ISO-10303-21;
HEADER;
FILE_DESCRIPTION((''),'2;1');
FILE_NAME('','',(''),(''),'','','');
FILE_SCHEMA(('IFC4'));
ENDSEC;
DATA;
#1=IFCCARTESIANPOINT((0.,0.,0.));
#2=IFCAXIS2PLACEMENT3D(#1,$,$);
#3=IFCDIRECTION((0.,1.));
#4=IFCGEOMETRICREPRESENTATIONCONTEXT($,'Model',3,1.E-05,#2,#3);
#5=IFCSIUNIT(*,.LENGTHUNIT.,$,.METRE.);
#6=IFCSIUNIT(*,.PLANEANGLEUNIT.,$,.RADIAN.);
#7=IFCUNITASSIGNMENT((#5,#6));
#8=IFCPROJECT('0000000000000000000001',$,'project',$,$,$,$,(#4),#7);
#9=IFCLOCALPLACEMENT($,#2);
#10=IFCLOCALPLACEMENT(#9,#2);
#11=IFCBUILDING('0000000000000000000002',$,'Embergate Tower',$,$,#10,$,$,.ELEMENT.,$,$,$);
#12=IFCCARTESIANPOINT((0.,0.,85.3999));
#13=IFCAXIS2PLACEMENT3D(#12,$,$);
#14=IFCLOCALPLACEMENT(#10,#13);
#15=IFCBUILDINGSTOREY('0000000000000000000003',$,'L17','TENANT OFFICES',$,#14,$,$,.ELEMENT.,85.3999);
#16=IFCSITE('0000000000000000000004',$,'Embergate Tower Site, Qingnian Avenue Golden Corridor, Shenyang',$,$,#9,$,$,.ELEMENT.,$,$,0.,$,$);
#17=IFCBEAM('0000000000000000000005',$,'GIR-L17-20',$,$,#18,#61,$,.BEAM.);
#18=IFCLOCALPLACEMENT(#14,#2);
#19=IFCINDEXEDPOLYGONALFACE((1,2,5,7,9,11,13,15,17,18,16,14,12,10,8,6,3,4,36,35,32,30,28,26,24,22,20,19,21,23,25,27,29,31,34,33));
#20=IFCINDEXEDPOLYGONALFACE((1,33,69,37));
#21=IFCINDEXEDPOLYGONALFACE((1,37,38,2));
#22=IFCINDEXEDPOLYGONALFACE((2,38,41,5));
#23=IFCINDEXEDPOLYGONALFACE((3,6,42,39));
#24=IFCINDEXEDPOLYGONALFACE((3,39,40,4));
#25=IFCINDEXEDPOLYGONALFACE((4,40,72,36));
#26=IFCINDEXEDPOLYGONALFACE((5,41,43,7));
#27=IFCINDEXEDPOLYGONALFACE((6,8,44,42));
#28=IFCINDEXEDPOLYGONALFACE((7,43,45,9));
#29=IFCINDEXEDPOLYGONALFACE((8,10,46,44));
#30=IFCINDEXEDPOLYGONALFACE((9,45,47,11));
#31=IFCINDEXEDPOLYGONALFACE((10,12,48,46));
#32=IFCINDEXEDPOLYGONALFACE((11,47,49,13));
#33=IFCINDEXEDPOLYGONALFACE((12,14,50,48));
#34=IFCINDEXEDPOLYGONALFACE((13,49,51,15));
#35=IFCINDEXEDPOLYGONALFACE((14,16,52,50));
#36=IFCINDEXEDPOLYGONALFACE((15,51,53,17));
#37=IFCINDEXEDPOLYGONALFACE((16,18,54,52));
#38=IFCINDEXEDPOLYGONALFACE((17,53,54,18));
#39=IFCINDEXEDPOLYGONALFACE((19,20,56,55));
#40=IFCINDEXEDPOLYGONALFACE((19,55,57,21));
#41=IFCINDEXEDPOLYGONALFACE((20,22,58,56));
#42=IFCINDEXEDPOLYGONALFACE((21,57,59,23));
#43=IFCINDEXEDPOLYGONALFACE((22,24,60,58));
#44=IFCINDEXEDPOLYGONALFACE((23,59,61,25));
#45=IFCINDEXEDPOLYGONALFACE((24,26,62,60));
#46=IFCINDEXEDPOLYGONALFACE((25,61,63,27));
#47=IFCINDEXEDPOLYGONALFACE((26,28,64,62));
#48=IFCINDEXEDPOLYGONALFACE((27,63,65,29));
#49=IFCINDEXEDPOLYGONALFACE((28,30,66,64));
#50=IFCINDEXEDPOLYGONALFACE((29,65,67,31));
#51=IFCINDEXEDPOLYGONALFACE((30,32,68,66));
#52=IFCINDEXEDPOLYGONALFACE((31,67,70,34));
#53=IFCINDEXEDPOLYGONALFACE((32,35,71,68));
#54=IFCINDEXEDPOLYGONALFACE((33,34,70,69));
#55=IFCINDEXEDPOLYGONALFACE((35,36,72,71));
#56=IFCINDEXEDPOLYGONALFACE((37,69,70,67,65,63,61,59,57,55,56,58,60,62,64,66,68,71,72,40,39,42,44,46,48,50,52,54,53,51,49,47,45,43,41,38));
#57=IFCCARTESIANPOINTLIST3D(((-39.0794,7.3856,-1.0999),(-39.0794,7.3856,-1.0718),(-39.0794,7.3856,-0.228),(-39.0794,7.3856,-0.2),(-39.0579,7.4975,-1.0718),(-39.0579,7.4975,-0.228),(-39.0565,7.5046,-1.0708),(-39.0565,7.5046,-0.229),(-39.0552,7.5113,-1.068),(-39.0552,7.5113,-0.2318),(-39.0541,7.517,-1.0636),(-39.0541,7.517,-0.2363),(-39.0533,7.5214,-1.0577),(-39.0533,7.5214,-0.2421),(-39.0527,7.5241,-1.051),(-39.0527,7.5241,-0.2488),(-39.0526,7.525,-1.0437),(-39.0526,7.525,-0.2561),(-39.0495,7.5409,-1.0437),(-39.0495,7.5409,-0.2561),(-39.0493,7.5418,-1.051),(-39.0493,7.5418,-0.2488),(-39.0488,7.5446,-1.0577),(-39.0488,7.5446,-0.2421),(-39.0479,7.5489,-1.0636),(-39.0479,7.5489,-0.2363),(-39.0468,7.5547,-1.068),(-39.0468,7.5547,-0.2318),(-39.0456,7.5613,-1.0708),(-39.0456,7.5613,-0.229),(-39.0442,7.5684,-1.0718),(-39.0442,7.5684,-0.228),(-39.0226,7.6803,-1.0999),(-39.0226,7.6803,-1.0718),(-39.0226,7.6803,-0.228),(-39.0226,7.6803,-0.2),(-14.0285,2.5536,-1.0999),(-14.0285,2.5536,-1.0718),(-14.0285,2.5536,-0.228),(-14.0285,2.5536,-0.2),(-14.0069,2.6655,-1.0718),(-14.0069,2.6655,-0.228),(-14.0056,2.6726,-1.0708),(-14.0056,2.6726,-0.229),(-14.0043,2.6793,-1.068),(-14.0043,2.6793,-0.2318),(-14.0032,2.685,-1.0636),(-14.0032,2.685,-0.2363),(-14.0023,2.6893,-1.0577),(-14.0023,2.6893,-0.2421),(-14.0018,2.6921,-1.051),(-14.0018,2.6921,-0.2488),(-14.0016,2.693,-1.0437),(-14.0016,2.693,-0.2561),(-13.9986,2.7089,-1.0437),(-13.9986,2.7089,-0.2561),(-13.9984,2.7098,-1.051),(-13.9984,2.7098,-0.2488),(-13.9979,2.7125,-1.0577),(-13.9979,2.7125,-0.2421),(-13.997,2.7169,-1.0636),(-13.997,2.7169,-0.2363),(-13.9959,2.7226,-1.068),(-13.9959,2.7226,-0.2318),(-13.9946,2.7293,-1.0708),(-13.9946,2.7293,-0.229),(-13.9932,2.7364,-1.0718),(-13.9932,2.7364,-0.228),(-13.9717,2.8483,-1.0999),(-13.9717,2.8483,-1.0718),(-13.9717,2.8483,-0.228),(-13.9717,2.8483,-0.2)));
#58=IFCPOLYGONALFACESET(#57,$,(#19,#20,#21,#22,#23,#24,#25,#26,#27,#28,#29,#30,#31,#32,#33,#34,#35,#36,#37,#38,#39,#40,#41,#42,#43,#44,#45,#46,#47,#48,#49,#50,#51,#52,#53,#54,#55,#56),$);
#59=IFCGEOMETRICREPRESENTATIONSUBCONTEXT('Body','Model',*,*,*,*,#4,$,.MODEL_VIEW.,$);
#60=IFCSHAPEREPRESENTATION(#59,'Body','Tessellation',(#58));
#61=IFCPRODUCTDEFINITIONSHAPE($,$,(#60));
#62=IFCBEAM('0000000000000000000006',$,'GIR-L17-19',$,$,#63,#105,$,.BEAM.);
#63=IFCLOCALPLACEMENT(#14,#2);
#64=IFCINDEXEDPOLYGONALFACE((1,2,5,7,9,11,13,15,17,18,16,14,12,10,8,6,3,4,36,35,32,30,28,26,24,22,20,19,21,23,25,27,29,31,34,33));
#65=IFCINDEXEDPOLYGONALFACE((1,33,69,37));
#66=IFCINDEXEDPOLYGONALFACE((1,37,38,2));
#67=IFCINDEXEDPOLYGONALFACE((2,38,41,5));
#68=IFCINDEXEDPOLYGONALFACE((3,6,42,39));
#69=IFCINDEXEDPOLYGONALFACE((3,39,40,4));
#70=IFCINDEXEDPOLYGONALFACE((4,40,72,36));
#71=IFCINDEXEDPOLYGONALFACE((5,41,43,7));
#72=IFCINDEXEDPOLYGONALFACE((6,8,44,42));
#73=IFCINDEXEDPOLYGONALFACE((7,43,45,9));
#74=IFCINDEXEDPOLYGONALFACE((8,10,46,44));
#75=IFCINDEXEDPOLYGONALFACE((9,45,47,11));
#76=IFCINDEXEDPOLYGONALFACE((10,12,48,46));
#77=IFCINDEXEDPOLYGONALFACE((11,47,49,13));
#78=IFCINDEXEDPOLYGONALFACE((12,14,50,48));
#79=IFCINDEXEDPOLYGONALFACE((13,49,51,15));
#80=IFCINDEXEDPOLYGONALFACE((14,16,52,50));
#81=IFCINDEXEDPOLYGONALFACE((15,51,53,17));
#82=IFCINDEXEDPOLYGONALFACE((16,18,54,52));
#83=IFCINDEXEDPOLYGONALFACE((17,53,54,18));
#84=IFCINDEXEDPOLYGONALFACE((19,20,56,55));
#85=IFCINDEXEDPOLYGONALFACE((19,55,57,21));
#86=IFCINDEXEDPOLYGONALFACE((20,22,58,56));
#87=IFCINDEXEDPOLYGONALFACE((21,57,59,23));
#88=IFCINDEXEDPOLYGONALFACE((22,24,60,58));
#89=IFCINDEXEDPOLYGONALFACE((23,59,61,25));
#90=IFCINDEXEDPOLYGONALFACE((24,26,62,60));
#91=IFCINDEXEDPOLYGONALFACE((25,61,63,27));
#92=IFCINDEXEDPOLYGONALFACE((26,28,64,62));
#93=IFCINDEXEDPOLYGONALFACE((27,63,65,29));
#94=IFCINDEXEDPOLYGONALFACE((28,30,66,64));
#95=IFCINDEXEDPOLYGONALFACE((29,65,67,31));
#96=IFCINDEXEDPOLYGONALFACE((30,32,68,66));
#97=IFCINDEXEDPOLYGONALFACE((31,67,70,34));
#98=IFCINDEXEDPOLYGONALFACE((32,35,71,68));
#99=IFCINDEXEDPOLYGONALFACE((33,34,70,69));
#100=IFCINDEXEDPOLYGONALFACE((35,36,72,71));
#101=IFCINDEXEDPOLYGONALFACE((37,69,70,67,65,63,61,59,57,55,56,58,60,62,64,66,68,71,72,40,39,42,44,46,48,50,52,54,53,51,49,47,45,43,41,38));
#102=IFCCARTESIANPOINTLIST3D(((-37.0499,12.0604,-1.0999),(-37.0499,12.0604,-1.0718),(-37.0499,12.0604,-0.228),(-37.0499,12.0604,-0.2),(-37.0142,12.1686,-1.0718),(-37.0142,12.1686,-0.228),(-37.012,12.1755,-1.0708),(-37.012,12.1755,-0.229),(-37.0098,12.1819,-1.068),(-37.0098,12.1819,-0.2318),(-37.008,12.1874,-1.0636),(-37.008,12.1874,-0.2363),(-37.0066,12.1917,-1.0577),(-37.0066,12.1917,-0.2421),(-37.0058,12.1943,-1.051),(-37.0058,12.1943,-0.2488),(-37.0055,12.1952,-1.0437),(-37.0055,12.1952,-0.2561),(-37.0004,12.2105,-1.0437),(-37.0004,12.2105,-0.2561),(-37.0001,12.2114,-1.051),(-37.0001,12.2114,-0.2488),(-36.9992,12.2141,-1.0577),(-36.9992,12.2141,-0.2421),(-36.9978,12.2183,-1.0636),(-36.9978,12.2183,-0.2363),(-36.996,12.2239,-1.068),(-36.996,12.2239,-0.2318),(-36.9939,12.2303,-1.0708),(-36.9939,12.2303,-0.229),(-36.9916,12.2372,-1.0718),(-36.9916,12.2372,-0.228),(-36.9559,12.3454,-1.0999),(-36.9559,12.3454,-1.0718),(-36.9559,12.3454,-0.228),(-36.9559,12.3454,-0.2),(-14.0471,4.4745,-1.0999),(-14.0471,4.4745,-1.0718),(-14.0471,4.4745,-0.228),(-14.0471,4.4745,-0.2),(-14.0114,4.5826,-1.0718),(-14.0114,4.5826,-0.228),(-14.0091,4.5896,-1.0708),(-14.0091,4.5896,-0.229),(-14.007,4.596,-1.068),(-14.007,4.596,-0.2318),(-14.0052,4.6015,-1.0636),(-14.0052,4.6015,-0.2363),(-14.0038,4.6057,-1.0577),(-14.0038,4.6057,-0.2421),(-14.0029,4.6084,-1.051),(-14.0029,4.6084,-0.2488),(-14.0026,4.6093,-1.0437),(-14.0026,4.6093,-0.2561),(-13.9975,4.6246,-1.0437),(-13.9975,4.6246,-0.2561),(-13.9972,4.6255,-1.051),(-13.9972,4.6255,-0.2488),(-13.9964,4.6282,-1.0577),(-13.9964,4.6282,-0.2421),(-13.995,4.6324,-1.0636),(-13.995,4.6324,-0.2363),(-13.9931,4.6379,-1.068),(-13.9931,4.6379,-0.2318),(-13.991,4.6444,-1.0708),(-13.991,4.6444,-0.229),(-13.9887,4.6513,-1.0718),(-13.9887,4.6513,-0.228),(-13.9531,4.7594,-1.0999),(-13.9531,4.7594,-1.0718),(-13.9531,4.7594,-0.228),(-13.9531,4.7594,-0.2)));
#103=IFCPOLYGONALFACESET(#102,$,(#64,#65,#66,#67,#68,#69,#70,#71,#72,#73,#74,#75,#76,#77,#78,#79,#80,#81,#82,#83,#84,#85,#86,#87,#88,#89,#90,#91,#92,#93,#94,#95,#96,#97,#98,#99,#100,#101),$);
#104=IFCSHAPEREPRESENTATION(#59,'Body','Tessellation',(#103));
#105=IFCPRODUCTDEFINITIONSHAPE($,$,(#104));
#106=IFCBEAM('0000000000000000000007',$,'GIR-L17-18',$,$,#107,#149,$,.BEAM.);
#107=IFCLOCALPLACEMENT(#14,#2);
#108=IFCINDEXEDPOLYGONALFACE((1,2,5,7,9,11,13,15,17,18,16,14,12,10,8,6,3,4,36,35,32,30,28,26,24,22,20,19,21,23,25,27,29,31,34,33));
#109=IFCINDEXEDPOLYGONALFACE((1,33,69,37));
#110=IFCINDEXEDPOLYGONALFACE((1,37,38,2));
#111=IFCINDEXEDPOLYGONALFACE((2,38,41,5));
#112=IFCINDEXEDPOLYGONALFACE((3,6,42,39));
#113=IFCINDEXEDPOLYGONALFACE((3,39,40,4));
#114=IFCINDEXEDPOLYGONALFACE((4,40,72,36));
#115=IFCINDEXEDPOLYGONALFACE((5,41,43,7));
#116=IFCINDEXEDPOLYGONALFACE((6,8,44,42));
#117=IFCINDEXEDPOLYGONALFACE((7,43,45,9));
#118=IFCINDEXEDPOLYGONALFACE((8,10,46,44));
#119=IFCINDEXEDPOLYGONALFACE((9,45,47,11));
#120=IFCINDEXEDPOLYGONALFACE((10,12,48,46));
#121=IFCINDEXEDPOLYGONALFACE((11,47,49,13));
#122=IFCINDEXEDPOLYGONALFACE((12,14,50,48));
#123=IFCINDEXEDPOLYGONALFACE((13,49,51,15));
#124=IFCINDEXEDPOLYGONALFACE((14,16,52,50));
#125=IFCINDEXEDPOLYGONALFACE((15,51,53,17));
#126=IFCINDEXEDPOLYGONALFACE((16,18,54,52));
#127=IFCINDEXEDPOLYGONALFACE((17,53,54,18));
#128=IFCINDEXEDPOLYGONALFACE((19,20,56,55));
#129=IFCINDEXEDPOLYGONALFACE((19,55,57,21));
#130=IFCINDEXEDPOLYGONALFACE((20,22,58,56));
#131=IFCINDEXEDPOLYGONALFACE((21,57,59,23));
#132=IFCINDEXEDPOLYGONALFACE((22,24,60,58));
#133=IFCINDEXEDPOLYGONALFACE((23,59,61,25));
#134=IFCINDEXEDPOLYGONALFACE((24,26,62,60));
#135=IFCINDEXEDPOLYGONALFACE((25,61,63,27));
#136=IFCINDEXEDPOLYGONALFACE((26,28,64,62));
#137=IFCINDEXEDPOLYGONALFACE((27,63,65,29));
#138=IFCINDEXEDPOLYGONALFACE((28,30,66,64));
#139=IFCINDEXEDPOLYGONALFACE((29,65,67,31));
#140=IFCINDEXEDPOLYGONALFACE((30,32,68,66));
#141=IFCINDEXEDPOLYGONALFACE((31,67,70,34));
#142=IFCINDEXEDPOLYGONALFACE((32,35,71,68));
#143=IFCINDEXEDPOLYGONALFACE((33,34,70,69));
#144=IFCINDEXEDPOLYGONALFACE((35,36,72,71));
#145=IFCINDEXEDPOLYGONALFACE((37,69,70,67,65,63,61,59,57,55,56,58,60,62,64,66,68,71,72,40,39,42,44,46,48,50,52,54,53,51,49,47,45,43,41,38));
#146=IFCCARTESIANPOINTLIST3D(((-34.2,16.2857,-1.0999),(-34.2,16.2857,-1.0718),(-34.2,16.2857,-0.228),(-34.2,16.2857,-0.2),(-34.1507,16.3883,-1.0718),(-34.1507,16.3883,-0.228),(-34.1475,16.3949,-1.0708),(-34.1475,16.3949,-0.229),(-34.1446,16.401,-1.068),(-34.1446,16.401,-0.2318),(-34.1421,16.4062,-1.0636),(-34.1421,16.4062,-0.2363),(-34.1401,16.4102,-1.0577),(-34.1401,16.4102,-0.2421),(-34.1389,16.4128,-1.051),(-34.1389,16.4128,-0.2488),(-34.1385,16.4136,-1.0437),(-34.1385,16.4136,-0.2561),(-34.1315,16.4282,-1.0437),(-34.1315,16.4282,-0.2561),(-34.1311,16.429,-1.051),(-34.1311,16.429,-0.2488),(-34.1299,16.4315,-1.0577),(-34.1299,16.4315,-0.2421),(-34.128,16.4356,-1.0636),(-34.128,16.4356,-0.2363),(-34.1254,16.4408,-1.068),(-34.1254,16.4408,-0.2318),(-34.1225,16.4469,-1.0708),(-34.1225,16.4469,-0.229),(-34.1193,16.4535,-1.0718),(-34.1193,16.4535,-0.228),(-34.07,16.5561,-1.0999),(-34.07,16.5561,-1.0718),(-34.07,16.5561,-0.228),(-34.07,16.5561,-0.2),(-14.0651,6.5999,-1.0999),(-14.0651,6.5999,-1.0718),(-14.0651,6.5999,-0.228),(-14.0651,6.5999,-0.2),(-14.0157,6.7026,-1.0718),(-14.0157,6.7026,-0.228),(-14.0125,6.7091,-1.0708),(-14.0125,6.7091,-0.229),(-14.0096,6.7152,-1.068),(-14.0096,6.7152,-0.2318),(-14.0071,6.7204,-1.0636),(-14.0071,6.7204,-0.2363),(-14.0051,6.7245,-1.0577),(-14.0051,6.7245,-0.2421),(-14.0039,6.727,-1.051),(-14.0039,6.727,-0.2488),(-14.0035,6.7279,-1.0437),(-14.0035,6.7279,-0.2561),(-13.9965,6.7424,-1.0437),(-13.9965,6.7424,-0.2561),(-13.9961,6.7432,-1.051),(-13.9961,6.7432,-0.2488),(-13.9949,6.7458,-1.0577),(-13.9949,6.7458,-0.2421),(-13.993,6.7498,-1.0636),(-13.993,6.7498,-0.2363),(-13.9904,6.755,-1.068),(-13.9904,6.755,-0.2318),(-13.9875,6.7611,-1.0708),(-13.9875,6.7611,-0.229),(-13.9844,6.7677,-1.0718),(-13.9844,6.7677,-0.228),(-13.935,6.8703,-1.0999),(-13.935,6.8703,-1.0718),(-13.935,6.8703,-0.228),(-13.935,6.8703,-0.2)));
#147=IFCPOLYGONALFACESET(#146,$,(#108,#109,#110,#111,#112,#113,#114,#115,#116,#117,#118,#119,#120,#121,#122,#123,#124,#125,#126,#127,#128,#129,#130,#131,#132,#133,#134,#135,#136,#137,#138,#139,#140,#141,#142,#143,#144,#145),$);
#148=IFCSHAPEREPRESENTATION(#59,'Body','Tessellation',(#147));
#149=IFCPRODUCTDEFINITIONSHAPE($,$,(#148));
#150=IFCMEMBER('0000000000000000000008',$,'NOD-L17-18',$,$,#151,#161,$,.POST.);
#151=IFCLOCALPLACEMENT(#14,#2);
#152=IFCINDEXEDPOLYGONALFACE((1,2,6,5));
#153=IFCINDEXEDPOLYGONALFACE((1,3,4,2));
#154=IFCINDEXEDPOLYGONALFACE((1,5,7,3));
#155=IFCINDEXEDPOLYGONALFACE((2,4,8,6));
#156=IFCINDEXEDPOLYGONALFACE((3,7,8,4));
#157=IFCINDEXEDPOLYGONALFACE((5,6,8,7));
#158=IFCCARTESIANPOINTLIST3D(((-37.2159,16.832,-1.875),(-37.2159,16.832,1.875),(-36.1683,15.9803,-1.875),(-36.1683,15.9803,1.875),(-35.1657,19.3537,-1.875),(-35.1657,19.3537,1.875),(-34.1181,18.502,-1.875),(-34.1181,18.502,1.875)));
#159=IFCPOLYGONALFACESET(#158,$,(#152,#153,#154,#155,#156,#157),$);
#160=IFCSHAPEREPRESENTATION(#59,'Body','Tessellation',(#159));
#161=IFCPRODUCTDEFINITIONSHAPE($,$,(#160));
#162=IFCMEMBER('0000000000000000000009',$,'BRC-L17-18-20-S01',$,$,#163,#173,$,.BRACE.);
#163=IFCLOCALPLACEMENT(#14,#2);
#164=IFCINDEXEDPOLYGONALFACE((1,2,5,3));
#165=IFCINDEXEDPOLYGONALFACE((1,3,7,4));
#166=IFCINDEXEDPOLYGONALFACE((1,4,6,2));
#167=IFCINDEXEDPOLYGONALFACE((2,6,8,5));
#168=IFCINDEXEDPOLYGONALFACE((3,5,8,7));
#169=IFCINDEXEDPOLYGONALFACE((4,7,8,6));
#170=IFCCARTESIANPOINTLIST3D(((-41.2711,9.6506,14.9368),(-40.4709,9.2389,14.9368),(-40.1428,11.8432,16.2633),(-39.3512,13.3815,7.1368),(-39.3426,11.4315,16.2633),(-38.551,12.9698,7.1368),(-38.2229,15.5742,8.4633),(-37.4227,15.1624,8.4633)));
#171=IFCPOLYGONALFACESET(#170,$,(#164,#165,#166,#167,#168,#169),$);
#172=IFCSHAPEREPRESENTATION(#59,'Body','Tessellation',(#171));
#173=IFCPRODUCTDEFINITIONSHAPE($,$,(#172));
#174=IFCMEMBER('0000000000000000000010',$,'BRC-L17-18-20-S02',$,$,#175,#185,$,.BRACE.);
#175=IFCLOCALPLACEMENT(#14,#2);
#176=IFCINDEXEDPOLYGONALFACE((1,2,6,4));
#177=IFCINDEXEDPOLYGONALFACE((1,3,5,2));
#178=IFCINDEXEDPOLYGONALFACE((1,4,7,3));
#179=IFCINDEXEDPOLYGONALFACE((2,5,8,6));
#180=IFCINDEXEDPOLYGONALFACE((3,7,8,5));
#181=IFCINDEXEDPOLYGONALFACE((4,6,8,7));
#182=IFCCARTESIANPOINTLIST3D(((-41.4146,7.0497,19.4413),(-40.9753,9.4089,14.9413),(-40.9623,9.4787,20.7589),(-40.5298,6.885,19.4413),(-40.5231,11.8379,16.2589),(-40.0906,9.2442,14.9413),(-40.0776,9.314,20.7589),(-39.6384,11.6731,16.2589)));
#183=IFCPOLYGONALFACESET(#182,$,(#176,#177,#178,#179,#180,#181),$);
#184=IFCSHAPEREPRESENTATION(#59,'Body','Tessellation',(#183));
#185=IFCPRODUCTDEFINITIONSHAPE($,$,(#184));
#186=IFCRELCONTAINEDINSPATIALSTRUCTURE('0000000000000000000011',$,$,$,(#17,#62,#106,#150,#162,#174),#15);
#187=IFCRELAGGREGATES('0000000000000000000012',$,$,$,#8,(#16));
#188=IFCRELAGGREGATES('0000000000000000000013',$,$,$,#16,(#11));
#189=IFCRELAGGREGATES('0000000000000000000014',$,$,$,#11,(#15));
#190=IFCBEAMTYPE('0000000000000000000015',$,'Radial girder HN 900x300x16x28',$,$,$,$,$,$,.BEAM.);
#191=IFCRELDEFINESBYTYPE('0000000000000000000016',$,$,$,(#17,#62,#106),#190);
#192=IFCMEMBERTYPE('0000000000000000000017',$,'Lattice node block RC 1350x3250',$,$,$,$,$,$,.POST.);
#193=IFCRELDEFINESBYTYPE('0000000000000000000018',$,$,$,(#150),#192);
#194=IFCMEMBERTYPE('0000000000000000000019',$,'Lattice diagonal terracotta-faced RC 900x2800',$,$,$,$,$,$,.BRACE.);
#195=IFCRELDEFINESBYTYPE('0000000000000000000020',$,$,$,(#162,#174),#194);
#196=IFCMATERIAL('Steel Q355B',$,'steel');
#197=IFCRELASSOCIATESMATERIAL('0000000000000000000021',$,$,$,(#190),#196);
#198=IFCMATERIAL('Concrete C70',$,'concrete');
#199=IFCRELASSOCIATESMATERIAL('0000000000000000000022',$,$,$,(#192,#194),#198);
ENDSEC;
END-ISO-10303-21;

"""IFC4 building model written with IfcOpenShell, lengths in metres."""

from ifc_helpers import new_model, si_unit, direction, frame, origin, origin_2d, place, context, subcontext, project, spatial, rectangle, i_section, extrude, source, transform, mapped, material, material_profile, profile_set, type_object, element, save


model = new_model("IFC4")

# Units and contexts
model_context = context("Model", 3, precision=1e-05, world=origin(), true_north=direction((0.0, 1.0)))
body_context = subcontext(model_context, "Body", "Model", "MODEL_VIEW")
ifc_project = project(units=[si_unit("LENGTHUNIT", "METRE"), si_unit("PLANEANGLEUNIT", "RADIAN")], contexts=[model_context])

# Site, building, storey
site_placement = place(None, origin())
site = spatial("IfcSite", under=ifc_project, at=site_placement, Name="Embergate Tower Site, Qingnian Avenue Golden Corridor, Shenyang", CompositionType="ELEMENT", RefElevation=0.0)
building_placement = place(site_placement, origin())
building = spatial("IfcBuilding", under=site, at=building_placement, Name="Embergate Tower", CompositionType="ELEMENT")
storey_placement = place(building_placement, frame((0.0, 0.0, 85.3999)))
storey = spatial("IfcBuildingStorey", under=building, at=storey_placement, Name="L17", Description="TENANT OFFICES", CompositionType="ELEMENT", Elevation=85.3999)

# Shared definitions
ifc_material_1 = material(Name="Concrete C70", Category="concrete")

# Beams
ifc_material_2 = material(Name="Steel Q355B", Category="steel")
ifc_material_profile_1 = material_profile(ifc_material_2, i_section(OverallWidth=0.3, OverallDepth=0.8999, WebThickness=0.0161, FlangeThickness=0.0281, FilletRadius=0.0281, at=origin_2d()), Name="HN 900x300x16x28")
ifc_profile_set_1 = profile_set([ifc_material_profile_1], Name="Steel Q355 grade B")
beam_type_1 = type_object("IfcBeamType", Name="Radial girder HN 900x300x16x28", PredefinedType="BEAM", material=ifc_profile_set_1)
shared_shape_1 = source(origin(), body_context, "Body", "SweptSolid", [
    extrude(i_section(OverallWidth=0.3, OverallDepth=0.8999, WebThickness=0.0161, FlangeThickness=0.0281, FilletRadius=0.0281, at=origin_2d()), origin(), (0.0, 0.0, 1.0), 25.5127),
])
beam_1_placement = place(storey_placement, frame((-39.051, 7.533, -0.6499), z_axis=(0.981901, -0.189396, 0.0), x_axis=(0.189396, 0.981901, 0.0)))
element("IfcBeam", 1, at=beam_1_placement, inside=storey, type_object=beam_type_1, Name="GIR-L17-20", PredefinedType="BEAM", context=body_context, shape_type="MappedRepresentation", body=[
    mapped(shared_shape_1, transform((0.0, 0.0, 0.0))),
])
shared_shape_2 = source(origin(), body_context, "Body", "SweptSolid", [
    extrude(i_section(OverallWidth=0.3, OverallDepth=0.8999, WebThickness=0.0161, FlangeThickness=0.0281, FilletRadius=0.0281, at=origin_2d()), origin(), (0.0, 0.0, 1.0), 24.2214),
])
beam_2_placement = place(storey_placement, frame((-37.0029, 12.2029, -0.6499), z_axis=(0.94969, -0.31319, 0.0), x_axis=(0.31319, 0.94969, 0.0)))
element("IfcBeam", 2, at=beam_2_placement, inside=storey, type_object=beam_type_1, Name="GIR-L17-19", PredefinedType="BEAM", context=body_context, shape_type="MappedRepresentation", body=[
    mapped(shared_shape_2, transform((0.0, 0.0, 0.0))),
])
shared_shape_3 = source(origin(), body_context, "Body", "SweptSolid", [
    extrude(i_section(OverallWidth=0.3, OverallDepth=0.8999, WebThickness=0.0161, FlangeThickness=0.0281, FilletRadius=0.0281, at=origin_2d()), origin(), (0.0, 0.0, 1.0), 22.3435),
])
beam_3_placement = place(storey_placement, frame((-34.135, 16.4209, -0.6499), z_axis=(0.901156, -0.433494, 0.0), x_axis=(0.433494, 0.901156, 0.0)))
element("IfcBeam", 3, at=beam_3_placement, inside=storey, type_object=beam_type_1, Name="GIR-L17-18", PredefinedType="BEAM", context=body_context, shape_type="MappedRepresentation", body=[
    mapped(shared_shape_3, transform((0.0, 0.0, 0.0))),
])

# Members
ifc_material_profile_2 = material_profile(ifc_material_1, rectangle(XDim=1.3501, YDim=3.25, at=origin_2d()), Name="RC 1350x3250")
ifc_profile_set_2 = profile_set([ifc_material_profile_2], Name="Concrete C70")
member_type_1 = type_object("IfcMemberType", Name="Lattice node block RC 1350x3250", PredefinedType="POST", material=ifc_profile_set_2)
shared_shape_4 = source(origin(), body_context, "Body", "SweptSolid", [
    extrude(rectangle(XDim=1.3501, YDim=3.25, at=origin_2d()), origin(), (0.0, 0.0, 1.0), 3.75),
])
member_1_placement = place(storey_placement, frame((-35.667, 17.667, -1.875), z_axis=(0.0, 0.0, 1.0), x_axis=(-0.775914, 0.630838, 0.0)))
element("IfcMember", 4, at=member_1_placement, inside=storey, type_object=member_type_1, Name="NOD-L17-18", PredefinedType="POST", context=body_context, shape_type="MappedRepresentation", body=[
    mapped(shared_shape_4, transform((0.0, 0.0, 0.0))),
])
ifc_material_profile_3 = material_profile(ifc_material_1, rectangle(XDim=0.8999, YDim=2.8, at=origin_2d()), Name="RC 900x2800")
ifc_profile_set_3 = profile_set([ifc_material_profile_3], Name="Concrete C70")
member_type_2 = type_object("IfcMemberType", Name="Lattice diagonal terracotta-faced RC 900x2800", PredefinedType="BRACE", material=ifc_profile_set_3)
shared_shape_5 = source(origin(), body_context, "Body", "SweptSolid", [
    extrude(rectangle(XDim=0.8999, YDim=2.8, at=origin_2d()), origin(), (0.0, 0.0, 1.0), 8.8569),
])
member_2_placement = place(storey_placement, frame((-38.387, 14.272, 7.8), z_axis=(-0.216768, -0.421243, 0.880662), x_axis=(0.889177, -0.457564, 0.0)))
element("IfcMember", 5, at=member_2_placement, inside=storey, type_object=member_type_2, Name="BRC-L17-18-20-S01", PredefinedType="BRACE", context=body_context, shape_type="MappedRepresentation", body=[
    mapped(shared_shape_5, transform((0.0, 0.0, 0.0))),
])
shared_shape_6 = source(origin(), body_context, "Body", "SweptSolid", [
    extrude(rectangle(XDim=0.8999, YDim=2.8, at=origin_2d()), origin(), (0.0, 0.0, 1.0), 5.0999),
])
member_3_placement = place(storey_placement, frame((-40.3069, 10.541, 15.6001), z_axis=(-0.086122, -0.462589, 0.88238), x_axis=(0.983107, -0.183029, 0.0)))
element("IfcMember", 6, at=member_3_placement, inside=storey, type_object=member_type_2, Name="BRC-L17-18-20-S02", PredefinedType="BRACE", context=body_context, shape_type="MappedRepresentation", body=[
    mapped(shared_shape_6, transform((0.0, 0.0, 0.0))),
])

save(model, "model.ifc")
